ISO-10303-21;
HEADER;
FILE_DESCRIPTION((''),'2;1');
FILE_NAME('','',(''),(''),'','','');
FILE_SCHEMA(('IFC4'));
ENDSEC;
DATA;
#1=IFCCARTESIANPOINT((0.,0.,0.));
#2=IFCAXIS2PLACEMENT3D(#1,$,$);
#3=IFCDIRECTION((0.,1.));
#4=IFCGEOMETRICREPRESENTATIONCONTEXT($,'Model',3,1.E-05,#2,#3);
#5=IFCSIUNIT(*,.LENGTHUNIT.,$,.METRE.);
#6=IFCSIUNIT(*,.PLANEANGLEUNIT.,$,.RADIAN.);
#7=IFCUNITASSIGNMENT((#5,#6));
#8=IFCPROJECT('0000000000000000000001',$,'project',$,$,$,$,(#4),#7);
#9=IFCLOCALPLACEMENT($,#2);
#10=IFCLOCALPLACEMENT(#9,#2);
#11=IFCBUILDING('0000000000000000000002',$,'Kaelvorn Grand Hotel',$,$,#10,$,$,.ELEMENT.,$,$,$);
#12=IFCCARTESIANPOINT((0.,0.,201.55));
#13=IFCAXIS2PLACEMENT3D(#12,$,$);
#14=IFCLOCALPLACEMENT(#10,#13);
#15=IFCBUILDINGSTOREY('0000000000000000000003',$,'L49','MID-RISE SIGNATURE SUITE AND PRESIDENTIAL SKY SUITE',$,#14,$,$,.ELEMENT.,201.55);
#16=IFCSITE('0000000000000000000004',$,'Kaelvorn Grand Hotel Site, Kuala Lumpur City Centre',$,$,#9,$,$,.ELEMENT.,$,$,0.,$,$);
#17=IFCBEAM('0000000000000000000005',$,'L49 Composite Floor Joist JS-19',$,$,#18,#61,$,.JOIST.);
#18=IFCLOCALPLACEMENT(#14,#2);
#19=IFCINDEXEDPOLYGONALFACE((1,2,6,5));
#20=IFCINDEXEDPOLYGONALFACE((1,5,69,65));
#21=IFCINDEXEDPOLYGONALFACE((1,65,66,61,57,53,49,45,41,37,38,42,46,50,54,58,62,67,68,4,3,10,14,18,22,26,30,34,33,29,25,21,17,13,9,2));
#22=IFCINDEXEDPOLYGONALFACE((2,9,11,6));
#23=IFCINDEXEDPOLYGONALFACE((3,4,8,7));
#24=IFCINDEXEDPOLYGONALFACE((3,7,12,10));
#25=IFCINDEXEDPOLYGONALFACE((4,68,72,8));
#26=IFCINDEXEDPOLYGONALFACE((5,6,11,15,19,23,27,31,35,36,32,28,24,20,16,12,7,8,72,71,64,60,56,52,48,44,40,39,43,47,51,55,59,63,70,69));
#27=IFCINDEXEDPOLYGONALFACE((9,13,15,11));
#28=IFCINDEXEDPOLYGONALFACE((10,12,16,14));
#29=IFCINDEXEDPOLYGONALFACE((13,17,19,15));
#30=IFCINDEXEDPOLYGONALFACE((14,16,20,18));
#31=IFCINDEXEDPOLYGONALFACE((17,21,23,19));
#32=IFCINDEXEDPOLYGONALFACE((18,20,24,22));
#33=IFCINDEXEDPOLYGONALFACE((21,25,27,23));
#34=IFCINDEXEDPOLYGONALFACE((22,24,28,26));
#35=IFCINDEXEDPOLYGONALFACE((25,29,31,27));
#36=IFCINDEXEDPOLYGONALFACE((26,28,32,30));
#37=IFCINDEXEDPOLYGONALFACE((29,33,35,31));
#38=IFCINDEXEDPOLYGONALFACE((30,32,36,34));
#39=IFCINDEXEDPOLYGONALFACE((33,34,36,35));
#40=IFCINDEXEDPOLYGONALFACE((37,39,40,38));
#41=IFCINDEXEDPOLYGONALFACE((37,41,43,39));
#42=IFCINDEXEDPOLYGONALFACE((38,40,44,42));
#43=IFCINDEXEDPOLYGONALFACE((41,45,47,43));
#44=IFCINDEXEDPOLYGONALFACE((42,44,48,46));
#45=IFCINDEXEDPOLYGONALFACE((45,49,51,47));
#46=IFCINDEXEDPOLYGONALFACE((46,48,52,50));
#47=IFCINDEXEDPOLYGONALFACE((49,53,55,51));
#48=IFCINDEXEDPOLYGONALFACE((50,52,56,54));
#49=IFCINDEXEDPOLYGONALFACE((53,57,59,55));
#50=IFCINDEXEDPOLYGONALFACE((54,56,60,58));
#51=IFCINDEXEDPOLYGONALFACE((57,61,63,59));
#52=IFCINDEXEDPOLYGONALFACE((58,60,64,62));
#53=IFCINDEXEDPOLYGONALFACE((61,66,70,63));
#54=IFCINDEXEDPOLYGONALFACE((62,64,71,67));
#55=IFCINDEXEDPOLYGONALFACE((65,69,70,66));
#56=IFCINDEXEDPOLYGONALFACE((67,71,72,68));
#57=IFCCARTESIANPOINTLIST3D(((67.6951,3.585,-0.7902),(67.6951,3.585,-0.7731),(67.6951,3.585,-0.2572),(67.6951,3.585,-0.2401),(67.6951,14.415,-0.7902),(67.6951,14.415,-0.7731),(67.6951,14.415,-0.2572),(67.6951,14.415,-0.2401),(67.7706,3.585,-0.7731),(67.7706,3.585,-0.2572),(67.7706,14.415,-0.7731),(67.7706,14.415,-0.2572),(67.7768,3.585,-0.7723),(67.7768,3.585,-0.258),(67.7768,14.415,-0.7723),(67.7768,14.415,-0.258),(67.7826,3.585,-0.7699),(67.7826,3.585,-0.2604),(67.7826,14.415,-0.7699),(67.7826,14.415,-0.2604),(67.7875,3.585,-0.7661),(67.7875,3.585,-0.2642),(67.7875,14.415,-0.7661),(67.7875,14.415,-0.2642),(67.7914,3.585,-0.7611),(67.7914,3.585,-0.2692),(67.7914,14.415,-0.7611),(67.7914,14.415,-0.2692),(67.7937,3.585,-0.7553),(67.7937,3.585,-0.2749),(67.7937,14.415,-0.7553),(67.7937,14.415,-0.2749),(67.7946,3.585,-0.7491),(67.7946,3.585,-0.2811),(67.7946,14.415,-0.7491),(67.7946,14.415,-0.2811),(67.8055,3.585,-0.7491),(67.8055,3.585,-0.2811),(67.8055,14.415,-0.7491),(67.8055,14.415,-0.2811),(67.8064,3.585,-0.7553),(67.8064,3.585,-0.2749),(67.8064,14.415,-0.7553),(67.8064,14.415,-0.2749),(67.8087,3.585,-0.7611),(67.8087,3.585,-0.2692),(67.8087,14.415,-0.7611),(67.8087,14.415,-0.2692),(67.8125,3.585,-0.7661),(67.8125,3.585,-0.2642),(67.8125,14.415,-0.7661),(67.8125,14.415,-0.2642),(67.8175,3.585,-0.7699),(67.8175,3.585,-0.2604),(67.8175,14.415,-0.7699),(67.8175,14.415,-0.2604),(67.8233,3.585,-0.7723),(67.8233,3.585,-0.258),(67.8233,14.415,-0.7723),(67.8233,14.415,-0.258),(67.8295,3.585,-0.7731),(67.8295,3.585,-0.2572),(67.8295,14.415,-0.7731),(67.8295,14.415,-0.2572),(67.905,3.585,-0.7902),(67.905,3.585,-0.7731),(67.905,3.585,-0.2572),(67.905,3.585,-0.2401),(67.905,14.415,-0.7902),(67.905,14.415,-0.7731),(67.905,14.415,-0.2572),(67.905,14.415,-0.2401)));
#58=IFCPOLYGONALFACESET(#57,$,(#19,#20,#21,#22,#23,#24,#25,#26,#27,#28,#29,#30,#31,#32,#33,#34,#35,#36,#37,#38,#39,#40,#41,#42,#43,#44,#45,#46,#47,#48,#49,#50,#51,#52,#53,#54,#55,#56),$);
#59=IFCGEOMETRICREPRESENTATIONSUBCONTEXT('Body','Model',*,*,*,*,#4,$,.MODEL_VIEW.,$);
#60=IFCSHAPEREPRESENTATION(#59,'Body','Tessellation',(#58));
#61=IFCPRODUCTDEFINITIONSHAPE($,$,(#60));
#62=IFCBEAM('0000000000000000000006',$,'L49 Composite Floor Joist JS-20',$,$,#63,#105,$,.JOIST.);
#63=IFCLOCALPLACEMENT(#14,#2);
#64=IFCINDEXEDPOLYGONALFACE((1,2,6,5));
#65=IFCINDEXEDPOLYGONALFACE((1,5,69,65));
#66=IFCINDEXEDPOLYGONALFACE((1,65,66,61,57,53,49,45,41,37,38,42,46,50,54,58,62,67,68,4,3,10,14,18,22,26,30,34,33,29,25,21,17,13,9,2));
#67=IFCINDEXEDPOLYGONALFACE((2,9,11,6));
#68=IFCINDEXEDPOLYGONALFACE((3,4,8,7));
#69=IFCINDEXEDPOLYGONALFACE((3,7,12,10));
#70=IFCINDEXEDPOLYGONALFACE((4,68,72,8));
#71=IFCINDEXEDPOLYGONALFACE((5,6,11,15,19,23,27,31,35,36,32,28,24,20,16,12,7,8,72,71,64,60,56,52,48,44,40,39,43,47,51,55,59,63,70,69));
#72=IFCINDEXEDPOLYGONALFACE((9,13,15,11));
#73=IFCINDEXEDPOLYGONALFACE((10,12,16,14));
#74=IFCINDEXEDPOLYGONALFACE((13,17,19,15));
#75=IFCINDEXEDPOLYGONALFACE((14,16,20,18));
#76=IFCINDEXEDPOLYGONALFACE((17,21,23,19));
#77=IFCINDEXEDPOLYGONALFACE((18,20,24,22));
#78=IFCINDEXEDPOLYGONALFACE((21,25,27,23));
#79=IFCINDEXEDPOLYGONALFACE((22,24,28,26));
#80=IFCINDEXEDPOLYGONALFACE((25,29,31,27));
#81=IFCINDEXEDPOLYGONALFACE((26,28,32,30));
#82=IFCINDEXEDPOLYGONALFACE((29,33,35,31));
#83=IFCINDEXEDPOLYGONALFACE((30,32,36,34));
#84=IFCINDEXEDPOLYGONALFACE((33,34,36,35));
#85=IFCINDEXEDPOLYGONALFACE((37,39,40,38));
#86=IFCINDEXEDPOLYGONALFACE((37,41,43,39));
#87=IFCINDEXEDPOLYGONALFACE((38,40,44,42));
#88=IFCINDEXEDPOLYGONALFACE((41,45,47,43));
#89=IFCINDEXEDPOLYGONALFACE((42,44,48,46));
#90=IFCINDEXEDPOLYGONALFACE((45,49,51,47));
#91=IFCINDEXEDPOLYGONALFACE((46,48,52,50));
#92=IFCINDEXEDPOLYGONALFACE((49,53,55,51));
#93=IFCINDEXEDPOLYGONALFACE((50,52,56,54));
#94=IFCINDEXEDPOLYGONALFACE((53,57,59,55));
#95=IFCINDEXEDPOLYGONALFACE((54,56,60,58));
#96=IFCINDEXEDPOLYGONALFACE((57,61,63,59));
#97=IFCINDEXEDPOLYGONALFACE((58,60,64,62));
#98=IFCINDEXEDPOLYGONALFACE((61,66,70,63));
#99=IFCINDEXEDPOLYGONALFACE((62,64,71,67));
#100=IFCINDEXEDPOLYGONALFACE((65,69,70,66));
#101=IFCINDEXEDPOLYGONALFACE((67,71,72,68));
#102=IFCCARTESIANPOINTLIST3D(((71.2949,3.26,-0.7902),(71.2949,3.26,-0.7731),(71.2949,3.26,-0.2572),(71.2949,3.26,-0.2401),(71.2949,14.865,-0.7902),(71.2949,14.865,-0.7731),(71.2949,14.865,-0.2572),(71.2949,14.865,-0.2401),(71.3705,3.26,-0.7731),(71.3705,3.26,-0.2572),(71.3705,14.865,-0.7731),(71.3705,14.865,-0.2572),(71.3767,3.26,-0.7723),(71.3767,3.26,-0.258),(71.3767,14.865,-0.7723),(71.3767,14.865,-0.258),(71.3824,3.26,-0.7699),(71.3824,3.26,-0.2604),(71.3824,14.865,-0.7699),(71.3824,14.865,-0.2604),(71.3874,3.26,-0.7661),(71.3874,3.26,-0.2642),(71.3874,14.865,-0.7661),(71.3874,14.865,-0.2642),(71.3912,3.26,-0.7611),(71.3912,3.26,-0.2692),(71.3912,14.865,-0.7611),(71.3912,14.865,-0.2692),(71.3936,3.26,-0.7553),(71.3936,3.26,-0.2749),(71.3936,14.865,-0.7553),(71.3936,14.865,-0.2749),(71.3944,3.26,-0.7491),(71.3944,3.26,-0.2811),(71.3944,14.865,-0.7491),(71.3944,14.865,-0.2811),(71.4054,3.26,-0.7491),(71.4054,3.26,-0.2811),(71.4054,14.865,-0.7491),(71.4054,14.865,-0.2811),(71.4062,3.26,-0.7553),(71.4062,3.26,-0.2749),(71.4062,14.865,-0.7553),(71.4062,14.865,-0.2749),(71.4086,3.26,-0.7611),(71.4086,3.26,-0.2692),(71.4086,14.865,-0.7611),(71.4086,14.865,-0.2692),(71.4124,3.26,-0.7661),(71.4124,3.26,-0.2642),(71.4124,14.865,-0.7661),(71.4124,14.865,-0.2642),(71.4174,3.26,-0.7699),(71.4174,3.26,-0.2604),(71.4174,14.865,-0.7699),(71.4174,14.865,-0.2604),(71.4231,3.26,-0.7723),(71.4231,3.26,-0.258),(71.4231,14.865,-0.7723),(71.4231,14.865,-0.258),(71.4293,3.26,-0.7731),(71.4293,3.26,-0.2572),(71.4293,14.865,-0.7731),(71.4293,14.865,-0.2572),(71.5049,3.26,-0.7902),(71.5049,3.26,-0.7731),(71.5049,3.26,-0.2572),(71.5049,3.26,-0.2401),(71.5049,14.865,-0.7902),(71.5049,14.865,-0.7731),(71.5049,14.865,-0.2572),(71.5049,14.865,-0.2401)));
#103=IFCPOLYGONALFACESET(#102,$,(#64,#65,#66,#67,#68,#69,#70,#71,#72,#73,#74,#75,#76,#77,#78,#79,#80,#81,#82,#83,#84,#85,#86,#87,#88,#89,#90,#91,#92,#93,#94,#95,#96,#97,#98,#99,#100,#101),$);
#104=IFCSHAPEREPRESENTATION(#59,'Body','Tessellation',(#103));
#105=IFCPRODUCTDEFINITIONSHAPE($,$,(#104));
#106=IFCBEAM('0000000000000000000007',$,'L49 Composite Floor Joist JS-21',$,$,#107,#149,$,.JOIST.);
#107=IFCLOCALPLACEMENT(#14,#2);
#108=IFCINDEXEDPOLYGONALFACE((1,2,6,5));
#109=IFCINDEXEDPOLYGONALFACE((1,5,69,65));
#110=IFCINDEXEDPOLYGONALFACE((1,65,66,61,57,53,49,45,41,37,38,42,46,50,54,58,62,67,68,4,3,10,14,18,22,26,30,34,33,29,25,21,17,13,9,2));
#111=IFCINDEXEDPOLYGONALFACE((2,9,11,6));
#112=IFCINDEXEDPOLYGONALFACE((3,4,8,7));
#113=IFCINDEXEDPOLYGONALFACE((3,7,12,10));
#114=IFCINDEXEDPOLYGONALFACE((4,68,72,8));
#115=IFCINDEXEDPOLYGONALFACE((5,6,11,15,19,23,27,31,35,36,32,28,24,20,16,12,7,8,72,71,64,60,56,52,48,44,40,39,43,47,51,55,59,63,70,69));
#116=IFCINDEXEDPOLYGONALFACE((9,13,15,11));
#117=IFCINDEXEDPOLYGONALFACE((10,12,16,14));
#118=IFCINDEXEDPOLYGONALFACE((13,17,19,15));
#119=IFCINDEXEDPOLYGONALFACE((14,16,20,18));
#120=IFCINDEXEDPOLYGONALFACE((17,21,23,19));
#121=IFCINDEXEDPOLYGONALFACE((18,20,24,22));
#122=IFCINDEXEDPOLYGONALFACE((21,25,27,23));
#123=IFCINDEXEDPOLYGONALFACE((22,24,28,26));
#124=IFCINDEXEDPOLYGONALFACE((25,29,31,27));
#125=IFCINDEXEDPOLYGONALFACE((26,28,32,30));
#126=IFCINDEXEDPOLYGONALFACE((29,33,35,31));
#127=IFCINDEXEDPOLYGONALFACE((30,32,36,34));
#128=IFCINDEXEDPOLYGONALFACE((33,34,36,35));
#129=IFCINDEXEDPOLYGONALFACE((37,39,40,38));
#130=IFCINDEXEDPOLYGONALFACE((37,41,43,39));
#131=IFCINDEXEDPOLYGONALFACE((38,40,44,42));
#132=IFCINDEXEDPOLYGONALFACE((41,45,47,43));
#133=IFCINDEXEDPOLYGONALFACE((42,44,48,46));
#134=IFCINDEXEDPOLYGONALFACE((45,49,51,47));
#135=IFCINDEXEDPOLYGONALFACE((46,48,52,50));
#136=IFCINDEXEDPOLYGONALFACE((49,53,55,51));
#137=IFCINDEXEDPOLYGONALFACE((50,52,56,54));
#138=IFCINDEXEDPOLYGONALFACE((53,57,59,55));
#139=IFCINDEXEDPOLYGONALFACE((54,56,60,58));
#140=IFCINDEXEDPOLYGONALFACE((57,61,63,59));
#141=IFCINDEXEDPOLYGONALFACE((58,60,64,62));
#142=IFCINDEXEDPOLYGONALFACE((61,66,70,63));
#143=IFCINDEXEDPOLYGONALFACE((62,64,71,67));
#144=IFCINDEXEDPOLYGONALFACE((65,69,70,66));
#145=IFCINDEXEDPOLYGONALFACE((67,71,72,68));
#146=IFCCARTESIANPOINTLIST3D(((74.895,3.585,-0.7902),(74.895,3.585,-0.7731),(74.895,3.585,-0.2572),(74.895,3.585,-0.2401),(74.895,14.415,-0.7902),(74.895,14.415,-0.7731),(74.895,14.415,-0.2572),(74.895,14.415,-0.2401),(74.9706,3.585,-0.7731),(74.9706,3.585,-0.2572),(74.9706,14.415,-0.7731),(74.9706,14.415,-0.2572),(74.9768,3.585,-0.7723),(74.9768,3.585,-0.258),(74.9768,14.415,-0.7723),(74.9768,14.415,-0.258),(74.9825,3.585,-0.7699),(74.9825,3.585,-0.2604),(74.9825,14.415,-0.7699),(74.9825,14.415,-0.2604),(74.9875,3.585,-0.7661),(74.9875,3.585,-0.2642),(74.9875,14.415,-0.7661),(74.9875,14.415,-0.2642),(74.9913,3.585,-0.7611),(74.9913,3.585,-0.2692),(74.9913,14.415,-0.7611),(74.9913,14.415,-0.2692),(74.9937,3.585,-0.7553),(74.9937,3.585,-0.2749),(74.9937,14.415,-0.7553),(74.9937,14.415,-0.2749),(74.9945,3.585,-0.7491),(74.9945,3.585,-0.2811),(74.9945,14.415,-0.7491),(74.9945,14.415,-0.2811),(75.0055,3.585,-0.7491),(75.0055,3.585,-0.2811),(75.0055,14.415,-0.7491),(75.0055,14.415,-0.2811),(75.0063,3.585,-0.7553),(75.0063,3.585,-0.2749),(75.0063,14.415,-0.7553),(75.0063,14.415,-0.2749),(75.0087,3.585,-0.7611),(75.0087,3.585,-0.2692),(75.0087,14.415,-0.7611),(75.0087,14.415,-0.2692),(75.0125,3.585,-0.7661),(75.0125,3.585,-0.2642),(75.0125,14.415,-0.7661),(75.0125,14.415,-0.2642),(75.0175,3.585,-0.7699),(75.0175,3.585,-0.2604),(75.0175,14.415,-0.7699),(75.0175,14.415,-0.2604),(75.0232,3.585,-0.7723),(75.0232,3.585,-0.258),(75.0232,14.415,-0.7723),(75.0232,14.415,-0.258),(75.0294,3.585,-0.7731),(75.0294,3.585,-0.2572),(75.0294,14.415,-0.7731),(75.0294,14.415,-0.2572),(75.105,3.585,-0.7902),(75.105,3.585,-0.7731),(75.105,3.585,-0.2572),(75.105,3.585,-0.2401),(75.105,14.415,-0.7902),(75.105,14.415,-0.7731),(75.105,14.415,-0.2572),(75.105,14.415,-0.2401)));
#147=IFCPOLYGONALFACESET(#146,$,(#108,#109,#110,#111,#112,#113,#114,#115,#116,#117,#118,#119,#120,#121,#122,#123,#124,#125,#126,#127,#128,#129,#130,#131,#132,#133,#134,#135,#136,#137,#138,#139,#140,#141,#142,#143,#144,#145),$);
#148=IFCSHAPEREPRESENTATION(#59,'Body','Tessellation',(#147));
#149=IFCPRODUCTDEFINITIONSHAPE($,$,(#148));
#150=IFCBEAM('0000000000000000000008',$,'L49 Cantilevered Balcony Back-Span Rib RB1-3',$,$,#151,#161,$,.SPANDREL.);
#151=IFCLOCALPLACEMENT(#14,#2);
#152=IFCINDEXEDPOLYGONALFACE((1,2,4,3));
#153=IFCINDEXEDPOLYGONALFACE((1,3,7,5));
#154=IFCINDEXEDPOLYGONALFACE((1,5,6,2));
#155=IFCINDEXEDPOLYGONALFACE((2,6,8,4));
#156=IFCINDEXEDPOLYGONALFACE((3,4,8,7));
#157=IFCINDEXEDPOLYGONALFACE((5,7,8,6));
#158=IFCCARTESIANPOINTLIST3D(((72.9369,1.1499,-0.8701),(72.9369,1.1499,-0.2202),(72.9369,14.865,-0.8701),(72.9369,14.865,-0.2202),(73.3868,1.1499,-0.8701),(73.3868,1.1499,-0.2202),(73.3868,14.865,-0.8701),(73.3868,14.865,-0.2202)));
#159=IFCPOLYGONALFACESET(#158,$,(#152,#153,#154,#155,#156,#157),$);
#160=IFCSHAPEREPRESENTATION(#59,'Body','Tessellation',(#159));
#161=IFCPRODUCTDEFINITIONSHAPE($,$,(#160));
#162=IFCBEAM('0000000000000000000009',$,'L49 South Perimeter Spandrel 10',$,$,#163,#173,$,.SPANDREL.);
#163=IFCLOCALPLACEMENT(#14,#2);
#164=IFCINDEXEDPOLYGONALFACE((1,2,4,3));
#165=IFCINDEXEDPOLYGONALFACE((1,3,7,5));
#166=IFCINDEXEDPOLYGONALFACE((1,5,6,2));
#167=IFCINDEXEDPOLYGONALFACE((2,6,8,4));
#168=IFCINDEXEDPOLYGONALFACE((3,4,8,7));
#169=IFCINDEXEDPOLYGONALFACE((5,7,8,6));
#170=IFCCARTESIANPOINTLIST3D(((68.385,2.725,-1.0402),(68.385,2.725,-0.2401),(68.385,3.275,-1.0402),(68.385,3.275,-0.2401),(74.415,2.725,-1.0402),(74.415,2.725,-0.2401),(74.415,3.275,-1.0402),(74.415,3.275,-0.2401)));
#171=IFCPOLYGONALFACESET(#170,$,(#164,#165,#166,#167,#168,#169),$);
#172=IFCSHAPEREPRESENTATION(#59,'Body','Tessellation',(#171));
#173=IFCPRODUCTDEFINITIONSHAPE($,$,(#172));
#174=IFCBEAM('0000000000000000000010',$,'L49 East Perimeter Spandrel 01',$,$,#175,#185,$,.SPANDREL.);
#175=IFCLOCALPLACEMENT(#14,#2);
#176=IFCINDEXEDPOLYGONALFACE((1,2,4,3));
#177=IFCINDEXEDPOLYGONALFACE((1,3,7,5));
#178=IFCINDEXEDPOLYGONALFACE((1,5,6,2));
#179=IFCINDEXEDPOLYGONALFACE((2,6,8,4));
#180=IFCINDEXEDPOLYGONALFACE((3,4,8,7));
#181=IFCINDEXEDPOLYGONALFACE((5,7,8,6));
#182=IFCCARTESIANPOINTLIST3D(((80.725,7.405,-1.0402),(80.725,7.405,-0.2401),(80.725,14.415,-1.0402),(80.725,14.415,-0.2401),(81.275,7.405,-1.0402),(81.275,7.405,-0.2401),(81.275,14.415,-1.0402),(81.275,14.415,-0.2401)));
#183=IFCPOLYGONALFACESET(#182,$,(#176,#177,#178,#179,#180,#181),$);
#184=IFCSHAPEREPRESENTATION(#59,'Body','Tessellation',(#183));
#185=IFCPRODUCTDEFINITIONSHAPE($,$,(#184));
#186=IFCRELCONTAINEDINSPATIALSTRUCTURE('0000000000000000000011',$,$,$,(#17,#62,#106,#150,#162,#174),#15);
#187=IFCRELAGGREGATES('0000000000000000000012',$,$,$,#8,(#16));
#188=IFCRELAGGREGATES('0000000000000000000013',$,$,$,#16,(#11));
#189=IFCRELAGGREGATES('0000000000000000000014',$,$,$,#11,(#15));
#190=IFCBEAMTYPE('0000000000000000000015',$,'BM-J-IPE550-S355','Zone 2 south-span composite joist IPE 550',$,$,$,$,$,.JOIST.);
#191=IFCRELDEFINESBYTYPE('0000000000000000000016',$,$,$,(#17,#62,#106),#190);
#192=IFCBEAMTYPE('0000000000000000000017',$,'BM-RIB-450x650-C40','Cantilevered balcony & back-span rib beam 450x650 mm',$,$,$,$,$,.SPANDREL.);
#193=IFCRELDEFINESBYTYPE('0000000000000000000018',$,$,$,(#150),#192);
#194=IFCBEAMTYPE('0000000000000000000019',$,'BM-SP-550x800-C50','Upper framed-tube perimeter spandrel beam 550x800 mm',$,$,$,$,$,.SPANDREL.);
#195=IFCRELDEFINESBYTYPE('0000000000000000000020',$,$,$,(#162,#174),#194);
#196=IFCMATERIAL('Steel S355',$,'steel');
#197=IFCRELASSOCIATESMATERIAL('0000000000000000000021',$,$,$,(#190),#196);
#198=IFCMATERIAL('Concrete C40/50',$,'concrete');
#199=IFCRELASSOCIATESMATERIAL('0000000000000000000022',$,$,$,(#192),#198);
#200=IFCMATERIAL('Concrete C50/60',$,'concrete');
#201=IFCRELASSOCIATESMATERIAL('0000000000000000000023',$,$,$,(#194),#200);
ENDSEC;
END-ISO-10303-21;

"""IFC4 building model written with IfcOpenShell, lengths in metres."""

from ifc_helpers import new_model, si_unit, direction, frame, origin, origin_2d, place, context, subcontext, project, spatial, rectangle, i_section, extrude, material, material_profile, profile_set, type_object, element, save


model = new_model("IFC4")

# Units and contexts
model_context = context("Model", 3, precision=1e-05, world=origin(), true_north=direction((0.0, 1.0)))
body_context = subcontext(model_context, "Body", "Model", "MODEL_VIEW")
ifc_project = project(units=[si_unit("LENGTHUNIT", "METRE"), si_unit("PLANEANGLEUNIT", "RADIAN")], contexts=[model_context])

# Site, building, storey
site_placement = place(None, origin())
site = spatial("IfcSite", under=ifc_project, at=site_placement, Name="Kaelvorn Grand Hotel Site, Kuala Lumpur City Centre", CompositionType="ELEMENT", RefElevation=0.0)
building_placement = place(site_placement, origin())
building = spatial("IfcBuilding", under=site, at=building_placement, Name="Kaelvorn Grand Hotel", CompositionType="ELEMENT")
storey_placement = place(building_placement, frame((0.0, 0.0, 201.55)))
storey = spatial("IfcBuildingStorey", under=building, at=storey_placement, Name="L49", Description="MID-RISE SIGNATURE SUITE AND PRESIDENTIAL SKY SUITE", CompositionType="ELEMENT", Elevation=201.55)

# Beams
ifc_material_1 = material(Name="Steel S355", Category="steel")
ifc_material_profile_1 = material_profile(ifc_material_1, i_section(OverallWidth=0.21, OverallDepth=0.55, WebThickness=0.011, FlangeThickness=0.0171, FilletRadius=0.0239, at=origin_2d()), Name="IPE 550")
ifc_profile_set_1 = profile_set([ifc_material_profile_1], Name="Steel S355")
beam_type_1 = type_object("IfcBeamType", Name="BM-J-IPE550-S355", Description="Zone 2 south-span composite joist IPE 550", PredefinedType="JOIST", material=ifc_profile_set_1)
beam_1_placement = place(storey_placement, frame((67.8, 3.585, -0.5151), z_axis=(0.0, 1.0, 0.0), x_axis=(-1.0, 0.0, 0.0)))
element("IfcBeam", 1, at=beam_1_placement, inside=storey, type_object=beam_type_1, Name="L49 Composite Floor Joist JS-19", PredefinedType="JOIST", context=body_context, shape_type="SweptSolid", body=[
    extrude(i_section(OverallWidth=0.21, OverallDepth=0.55, WebThickness=0.011, FlangeThickness=0.0171, FilletRadius=0.0239, at=origin_2d()), origin(), (0.0, 0.0, 1.0), 10.8301),
])
beam_2_placement = place(storey_placement, frame((71.3999, 3.26, -0.5151), z_axis=(0.0, 1.0, 0.0), x_axis=(-1.0, 0.0, 0.0)))
element("IfcBeam", 2, at=beam_2_placement, inside=storey, type_object=beam_type_1, Name="L49 Composite Floor Joist JS-20", PredefinedType="JOIST", context=body_context, shape_type="SweptSolid", body=[
    extrude(i_section(OverallWidth=0.21, OverallDepth=0.55, WebThickness=0.011, FlangeThickness=0.0171, FilletRadius=0.0239, at=origin_2d()), origin(), (0.0, 0.0, 1.0), 11.605),
])
beam_3_placement = place(storey_placement, frame((75.0, 3.585, -0.5151), z_axis=(0.0, 1.0, 0.0), x_axis=(-1.0, 0.0, 0.0)))
element("IfcBeam", 3, at=beam_3_placement, inside=storey, type_object=beam_type_1, Name="L49 Composite Floor Joist JS-21", PredefinedType="JOIST", context=body_context, shape_type="SweptSolid", body=[
    extrude(i_section(OverallWidth=0.21, OverallDepth=0.55, WebThickness=0.011, FlangeThickness=0.0171, FilletRadius=0.0239, at=origin_2d()), origin(), (0.0, 0.0, 1.0), 10.8301),
])
ifc_material_2 = material(Name="Concrete C40/50", Category="concrete")
ifc_material_profile_2 = material_profile(ifc_material_2, rectangle(XDim=0.45, YDim=0.6499, at=origin_2d()), Name="RC RIB 450x650")
ifc_profile_set_2 = profile_set([ifc_material_profile_2], Name="Concrete C40/50")
beam_type_2 = type_object("IfcBeamType", Name="BM-RIB-450x650-C40", Description="Cantilevered balcony & back-span rib beam 450x650 mm", PredefinedType="SPANDREL", material=ifc_profile_set_2)
beam_4_placement = place(storey_placement, frame((73.1619, 1.1499, -0.5452), z_axis=(0.0, 1.0, 0.0), x_axis=(-1.0, 0.0, 0.0)))
element("IfcBeam", 4, at=beam_4_placement, inside=storey, type_object=beam_type_2, Name="L49 Cantilevered Balcony Back-Span Rib RB1-3", PredefinedType="SPANDREL", context=body_context, shape_type="SweptSolid", body=[
    extrude(rectangle(XDim=0.45, YDim=0.6499, at=origin_2d()), origin(), (0.0, 0.0, 1.0), 13.7151),
])
ifc_material_3 = material(Name="Concrete C50/60", Category="concrete")
ifc_material_profile_3 = material_profile(ifc_material_3, rectangle(XDim=0.55, YDim=0.8, at=origin_2d()), Name="RC SPANDREL 550x800")
ifc_profile_set_3 = profile_set([ifc_material_profile_3], Name="Concrete C50/60")
beam_type_3 = type_object("IfcBeamType", Name="BM-SP-550x800-C50", Description="Upper framed-tube perimeter spandrel beam 550x800 mm", PredefinedType="SPANDREL", material=ifc_profile_set_3)
beam_5_placement = place(storey_placement, frame((68.385, 3.0, -0.6401), z_axis=(1.0, 0.0, 0.0), x_axis=(0.0, 1.0, 0.0)))
element("IfcBeam", 5, at=beam_5_placement, inside=storey, type_object=beam_type_3, Name="L49 South Perimeter Spandrel 10", PredefinedType="SPANDREL", context=body_context, shape_type="SweptSolid", body=[
    extrude(rectangle(XDim=0.55, YDim=0.8, at=origin_2d()), origin(), (0.0, 0.0, 1.0), 6.03),
])
beam_6_placement = place(storey_placement, frame((81.0, 7.405, -0.6401), z_axis=(0.0, 1.0, 0.0), x_axis=(-1.0, 0.0, 0.0)))
element("IfcBeam", 6, at=beam_6_placement, inside=storey, type_object=beam_type_3, Name="L49 East Perimeter Spandrel 01", PredefinedType="SPANDREL", context=body_context, shape_type="SweptSolid", body=[
    extrude(rectangle(XDim=0.55, YDim=0.8, at=origin_2d()), origin(), (0.0, 0.0, 1.0), 7.01),
])

save(model, "model.ifc")
